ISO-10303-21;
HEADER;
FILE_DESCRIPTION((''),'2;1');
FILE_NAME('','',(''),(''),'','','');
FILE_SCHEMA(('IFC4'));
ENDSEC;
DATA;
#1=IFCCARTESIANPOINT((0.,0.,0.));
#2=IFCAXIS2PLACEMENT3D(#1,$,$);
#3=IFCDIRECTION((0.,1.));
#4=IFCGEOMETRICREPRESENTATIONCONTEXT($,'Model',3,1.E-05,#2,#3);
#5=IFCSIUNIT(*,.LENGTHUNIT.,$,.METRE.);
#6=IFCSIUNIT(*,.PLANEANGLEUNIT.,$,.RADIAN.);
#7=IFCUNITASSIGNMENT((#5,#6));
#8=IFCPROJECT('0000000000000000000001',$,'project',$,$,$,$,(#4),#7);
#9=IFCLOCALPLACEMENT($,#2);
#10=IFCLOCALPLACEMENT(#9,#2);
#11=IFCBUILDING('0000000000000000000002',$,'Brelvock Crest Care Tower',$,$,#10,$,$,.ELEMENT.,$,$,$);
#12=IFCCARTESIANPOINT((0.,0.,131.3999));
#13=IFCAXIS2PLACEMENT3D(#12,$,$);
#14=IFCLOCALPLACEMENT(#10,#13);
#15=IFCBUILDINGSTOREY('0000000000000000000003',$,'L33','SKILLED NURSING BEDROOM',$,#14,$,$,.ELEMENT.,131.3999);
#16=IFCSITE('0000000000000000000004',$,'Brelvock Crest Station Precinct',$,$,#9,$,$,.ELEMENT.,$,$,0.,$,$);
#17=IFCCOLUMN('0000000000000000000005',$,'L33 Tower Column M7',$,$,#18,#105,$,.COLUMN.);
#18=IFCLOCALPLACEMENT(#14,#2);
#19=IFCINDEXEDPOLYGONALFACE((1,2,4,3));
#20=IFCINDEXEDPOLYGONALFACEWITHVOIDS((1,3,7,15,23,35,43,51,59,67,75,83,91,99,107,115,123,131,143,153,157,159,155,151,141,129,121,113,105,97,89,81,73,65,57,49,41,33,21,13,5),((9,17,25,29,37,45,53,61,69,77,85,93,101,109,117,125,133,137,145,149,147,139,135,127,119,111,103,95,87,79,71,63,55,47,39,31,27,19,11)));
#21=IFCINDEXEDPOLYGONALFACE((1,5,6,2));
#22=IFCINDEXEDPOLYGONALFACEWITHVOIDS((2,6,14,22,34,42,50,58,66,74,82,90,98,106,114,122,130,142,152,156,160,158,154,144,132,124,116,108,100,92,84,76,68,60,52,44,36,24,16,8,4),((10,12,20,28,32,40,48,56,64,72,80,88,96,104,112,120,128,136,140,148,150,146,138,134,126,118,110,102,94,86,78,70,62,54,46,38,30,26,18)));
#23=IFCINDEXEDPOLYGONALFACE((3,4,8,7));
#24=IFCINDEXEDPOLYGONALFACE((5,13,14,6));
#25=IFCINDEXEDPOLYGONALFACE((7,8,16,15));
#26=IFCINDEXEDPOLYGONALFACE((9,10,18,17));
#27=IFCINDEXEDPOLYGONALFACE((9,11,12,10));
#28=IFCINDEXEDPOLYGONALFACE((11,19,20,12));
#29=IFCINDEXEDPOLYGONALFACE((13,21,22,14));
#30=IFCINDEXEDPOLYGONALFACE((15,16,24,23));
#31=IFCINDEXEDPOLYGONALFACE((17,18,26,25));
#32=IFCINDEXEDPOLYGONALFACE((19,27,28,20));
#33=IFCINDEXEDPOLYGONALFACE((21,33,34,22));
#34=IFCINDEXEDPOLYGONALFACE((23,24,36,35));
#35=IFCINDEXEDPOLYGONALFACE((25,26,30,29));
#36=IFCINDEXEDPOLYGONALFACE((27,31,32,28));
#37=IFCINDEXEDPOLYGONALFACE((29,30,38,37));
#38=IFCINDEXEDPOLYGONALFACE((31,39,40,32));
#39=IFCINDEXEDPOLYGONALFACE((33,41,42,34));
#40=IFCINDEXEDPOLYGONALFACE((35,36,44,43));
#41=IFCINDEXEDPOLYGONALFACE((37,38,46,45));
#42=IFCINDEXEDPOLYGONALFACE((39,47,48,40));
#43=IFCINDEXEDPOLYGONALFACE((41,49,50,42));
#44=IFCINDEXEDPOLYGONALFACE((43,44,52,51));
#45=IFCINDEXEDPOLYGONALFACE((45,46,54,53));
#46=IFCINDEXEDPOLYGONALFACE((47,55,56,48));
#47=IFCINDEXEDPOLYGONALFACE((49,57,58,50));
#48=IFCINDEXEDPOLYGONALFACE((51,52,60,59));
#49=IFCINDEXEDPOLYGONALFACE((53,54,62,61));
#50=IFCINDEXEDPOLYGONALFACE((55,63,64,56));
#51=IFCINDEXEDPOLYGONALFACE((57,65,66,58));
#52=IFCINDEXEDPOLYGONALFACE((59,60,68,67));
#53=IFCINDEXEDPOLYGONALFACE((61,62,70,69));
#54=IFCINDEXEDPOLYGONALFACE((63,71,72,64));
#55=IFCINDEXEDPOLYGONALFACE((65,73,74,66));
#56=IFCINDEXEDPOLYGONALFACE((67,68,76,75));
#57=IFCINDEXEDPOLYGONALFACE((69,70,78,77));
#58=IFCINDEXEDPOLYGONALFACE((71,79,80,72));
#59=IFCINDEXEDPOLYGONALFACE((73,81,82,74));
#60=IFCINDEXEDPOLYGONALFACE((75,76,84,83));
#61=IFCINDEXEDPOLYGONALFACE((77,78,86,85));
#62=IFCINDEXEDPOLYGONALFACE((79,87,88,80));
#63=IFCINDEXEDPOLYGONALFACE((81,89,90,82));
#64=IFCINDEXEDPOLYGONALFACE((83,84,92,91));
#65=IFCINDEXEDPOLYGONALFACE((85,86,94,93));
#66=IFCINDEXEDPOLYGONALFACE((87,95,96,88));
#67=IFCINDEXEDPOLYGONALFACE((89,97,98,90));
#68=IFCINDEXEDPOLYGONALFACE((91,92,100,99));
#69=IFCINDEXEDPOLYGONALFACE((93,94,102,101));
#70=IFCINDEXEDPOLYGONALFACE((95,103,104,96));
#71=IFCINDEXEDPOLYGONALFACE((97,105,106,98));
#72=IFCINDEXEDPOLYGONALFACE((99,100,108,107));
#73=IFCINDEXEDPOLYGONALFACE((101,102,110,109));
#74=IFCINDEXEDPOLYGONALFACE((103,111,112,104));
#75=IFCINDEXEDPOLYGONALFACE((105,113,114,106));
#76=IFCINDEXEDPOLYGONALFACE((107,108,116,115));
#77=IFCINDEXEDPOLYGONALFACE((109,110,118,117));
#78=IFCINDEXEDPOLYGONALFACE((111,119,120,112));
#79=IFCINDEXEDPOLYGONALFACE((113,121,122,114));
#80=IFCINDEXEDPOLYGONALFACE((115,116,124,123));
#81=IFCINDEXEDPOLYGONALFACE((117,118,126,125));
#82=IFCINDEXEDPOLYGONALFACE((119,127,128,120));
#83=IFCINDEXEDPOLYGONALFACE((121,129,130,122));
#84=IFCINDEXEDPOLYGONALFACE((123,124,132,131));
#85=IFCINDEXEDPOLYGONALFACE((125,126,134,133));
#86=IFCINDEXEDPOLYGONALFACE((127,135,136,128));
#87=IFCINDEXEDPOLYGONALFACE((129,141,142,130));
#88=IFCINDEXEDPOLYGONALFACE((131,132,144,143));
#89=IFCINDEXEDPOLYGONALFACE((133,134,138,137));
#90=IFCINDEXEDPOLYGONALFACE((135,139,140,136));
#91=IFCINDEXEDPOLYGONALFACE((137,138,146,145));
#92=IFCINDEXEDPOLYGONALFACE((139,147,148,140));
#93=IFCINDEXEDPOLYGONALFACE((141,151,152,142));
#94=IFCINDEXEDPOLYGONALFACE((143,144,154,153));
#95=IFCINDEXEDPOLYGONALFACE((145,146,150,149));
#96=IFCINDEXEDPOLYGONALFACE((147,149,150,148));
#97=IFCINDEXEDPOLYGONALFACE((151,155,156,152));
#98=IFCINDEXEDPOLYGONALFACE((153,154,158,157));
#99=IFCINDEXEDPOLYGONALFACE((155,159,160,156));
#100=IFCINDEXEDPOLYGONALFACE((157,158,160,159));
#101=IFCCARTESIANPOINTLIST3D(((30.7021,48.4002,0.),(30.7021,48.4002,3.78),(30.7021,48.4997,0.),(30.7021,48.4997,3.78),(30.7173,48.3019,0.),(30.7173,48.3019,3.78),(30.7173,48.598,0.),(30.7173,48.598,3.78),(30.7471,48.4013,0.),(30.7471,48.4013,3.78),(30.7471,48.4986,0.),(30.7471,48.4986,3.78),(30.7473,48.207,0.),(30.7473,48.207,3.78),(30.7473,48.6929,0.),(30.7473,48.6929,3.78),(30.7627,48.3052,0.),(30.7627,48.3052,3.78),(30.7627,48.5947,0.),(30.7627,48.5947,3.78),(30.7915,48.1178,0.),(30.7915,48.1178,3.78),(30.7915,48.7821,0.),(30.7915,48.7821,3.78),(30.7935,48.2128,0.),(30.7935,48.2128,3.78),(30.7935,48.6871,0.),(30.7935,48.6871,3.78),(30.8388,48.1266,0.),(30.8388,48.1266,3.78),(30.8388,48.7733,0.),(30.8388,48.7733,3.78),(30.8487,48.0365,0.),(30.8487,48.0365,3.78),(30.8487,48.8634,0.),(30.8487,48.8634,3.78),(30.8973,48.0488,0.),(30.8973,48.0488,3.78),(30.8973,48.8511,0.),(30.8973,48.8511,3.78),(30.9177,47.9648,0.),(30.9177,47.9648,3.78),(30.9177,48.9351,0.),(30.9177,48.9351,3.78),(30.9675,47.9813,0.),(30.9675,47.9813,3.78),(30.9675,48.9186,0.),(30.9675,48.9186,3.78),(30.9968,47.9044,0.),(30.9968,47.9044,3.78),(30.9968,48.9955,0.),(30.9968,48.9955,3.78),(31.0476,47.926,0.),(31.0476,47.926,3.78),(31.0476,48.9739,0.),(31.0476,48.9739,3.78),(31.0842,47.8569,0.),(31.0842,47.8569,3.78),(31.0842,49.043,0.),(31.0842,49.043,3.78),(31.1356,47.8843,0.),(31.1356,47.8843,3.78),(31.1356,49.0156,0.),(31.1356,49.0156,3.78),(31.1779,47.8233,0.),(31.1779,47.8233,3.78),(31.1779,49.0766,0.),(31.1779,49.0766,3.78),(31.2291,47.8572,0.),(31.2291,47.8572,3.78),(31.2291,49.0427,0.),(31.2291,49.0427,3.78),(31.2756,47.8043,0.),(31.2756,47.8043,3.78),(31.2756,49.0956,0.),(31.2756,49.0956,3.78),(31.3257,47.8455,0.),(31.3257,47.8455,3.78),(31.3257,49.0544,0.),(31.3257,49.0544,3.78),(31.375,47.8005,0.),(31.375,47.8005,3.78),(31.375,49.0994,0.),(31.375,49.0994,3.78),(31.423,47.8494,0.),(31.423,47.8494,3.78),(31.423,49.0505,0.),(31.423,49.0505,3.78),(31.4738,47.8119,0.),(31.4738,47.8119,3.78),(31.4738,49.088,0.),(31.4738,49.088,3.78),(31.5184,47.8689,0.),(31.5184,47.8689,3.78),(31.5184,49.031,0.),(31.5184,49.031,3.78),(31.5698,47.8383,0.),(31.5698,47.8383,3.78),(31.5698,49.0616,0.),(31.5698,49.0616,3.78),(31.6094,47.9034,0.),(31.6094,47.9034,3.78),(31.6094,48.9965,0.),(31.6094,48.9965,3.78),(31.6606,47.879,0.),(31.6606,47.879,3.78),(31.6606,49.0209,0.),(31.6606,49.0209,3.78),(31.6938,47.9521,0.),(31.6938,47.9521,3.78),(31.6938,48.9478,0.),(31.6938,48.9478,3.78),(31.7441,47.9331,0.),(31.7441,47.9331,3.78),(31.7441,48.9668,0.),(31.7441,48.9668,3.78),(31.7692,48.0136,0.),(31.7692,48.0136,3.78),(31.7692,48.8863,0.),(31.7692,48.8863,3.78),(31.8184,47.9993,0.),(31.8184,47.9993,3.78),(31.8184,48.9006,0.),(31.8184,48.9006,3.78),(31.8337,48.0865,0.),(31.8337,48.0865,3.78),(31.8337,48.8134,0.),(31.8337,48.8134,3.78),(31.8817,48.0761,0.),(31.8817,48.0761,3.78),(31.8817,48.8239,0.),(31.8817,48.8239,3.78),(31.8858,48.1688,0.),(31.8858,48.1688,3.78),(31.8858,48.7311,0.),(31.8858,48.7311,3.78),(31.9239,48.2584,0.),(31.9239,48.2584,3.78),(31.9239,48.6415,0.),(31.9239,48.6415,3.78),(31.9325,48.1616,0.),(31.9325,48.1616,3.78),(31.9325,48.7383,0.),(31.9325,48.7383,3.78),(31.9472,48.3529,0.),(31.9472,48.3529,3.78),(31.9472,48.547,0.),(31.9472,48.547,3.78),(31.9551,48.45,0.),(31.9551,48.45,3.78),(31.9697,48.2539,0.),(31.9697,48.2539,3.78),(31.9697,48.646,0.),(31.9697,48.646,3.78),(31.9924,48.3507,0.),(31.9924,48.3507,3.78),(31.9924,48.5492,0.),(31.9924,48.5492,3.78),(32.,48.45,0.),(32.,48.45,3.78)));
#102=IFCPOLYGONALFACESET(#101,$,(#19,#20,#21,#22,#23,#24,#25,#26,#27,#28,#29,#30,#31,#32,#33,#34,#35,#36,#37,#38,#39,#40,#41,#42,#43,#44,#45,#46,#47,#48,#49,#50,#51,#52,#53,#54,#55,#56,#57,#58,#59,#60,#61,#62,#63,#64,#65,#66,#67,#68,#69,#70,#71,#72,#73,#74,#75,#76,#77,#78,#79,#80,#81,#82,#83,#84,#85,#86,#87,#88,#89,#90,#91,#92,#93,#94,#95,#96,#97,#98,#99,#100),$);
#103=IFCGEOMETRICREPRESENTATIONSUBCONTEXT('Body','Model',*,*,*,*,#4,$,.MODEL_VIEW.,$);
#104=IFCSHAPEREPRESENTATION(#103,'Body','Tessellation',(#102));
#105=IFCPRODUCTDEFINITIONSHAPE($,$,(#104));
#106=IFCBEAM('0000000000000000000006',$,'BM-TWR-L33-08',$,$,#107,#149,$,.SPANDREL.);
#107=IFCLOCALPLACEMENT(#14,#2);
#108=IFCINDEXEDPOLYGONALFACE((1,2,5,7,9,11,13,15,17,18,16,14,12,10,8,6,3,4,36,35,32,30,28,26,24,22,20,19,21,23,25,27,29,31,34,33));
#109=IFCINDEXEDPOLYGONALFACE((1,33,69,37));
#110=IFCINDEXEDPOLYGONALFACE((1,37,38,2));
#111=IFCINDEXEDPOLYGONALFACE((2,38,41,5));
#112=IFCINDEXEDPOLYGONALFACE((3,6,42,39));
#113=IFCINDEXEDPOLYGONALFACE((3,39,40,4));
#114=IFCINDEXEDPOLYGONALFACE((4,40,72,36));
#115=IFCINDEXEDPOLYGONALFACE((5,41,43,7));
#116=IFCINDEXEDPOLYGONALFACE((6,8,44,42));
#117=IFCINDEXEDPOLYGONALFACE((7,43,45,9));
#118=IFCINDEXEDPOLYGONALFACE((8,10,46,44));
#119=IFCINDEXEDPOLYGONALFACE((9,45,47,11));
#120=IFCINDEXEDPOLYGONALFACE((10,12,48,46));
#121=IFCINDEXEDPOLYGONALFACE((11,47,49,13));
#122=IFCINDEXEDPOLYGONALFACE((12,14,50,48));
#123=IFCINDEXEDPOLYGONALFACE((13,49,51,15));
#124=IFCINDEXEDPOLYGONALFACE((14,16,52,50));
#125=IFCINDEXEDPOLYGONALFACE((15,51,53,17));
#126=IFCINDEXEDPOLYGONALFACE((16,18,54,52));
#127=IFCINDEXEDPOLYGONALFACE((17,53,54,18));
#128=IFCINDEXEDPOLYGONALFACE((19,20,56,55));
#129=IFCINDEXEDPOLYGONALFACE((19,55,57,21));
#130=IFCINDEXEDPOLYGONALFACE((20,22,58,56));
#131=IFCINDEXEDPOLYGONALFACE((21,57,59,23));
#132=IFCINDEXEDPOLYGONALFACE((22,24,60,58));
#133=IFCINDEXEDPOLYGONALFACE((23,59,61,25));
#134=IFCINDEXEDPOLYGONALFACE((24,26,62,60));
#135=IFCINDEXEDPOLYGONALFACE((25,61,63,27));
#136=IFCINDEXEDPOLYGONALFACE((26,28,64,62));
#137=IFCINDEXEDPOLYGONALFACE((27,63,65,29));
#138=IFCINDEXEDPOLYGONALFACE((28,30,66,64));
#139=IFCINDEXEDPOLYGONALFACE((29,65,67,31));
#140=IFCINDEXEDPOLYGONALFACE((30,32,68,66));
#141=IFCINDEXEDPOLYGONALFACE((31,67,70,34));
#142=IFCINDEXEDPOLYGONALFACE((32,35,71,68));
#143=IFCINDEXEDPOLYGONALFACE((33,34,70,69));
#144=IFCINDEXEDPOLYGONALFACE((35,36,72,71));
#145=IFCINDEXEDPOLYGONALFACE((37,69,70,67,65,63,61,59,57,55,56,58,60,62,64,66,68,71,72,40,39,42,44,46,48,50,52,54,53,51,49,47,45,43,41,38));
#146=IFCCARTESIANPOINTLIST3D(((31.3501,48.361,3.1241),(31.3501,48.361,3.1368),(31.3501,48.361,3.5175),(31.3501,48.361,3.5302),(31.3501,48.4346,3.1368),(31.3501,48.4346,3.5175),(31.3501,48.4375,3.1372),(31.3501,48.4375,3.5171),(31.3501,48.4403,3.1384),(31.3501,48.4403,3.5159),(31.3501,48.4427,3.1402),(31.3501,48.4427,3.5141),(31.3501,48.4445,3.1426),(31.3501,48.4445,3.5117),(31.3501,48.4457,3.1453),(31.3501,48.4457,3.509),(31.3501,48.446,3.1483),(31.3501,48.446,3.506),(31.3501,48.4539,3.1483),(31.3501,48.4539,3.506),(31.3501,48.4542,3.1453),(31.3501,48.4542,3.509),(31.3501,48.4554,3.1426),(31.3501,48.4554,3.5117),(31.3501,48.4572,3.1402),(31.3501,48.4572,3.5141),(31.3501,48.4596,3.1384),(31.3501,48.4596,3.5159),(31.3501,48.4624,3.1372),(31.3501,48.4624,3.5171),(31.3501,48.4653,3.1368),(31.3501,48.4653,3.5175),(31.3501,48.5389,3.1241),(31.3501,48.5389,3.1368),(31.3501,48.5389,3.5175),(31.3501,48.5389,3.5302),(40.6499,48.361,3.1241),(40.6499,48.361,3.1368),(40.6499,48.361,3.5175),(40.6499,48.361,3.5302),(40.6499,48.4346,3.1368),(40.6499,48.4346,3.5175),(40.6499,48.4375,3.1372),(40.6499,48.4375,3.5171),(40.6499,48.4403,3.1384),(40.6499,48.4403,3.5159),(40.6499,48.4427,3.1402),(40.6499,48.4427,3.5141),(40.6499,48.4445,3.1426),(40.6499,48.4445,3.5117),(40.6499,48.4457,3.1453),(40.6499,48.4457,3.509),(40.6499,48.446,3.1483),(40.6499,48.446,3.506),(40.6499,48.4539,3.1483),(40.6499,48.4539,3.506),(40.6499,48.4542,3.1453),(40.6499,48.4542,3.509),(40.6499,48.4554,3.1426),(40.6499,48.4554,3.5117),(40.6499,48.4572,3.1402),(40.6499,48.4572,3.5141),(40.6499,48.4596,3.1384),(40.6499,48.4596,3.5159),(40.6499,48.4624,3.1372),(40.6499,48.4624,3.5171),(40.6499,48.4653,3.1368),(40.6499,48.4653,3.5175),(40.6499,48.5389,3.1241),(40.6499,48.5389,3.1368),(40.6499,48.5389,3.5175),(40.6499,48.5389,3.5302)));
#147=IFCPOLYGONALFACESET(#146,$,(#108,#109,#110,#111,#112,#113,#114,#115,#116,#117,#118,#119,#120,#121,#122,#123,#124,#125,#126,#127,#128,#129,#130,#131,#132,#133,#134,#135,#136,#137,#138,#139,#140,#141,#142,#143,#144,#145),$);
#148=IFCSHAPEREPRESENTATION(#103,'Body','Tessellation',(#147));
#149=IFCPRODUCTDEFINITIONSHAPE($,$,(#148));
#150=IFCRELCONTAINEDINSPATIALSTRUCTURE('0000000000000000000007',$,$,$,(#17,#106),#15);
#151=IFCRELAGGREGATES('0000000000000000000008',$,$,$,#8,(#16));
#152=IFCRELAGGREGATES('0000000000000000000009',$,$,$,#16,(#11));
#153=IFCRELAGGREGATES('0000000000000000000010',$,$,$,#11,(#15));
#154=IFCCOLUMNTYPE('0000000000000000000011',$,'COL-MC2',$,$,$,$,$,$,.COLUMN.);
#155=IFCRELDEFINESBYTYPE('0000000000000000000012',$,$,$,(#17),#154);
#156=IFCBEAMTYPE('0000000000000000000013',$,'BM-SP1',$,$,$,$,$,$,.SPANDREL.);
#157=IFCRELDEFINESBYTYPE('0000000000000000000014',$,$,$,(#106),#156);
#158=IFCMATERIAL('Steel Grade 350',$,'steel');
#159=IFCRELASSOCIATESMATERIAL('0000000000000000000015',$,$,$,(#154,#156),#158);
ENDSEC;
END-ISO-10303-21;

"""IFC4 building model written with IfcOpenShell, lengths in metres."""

from ifc_helpers import new_model, si_unit, direction, frame, origin, origin_2d, place, context, subcontext, project, spatial, hollow_circle, i_section, extrude, source, transform, mapped, material, material_profile, profile_set, type_object, element, save


model = new_model("IFC4")

# Units and contexts
model_context = context("Model", 3, precision=1e-05, world=origin(), true_north=direction((0.0, 1.0)))
body_context = subcontext(model_context, "Body", "Model", "MODEL_VIEW")
ifc_project = project(units=[si_unit("LENGTHUNIT", "METRE"), si_unit("PLANEANGLEUNIT", "RADIAN")], contexts=[model_context])

# Site, building, storey
site_placement = place(None, origin())
site = spatial("IfcSite", under=ifc_project, at=site_placement, Name="Brelvock Crest Station Precinct", CompositionType="ELEMENT", RefElevation=0.0)
building_placement = place(site_placement, origin())
building = spatial("IfcBuilding", under=site, at=building_placement, Name="Brelvock Crest Care Tower", CompositionType="ELEMENT")
storey_placement = place(building_placement, frame((0.0, 0.0, 131.3999)))
storey = spatial("IfcBuildingStorey", under=building, at=storey_placement, Name="L33", Description="SKILLED NURSING BEDROOM", CompositionType="ELEMENT", Elevation=131.3999)

# Column
ifc_material_1 = material(Name="Steel Grade 350", Category="steel")
ifc_material_profile_1 = material_profile(ifc_material_1, hollow_circle(Radius=0.6499, WallThickness=0.0449, at=origin_2d()), Name="CFT1300x45")
ifc_profile_set_1 = profile_set([ifc_material_profile_1], Name="Steel Grade 350")
column_type = type_object("IfcColumnType", Name="COL-MC2", PredefinedType="COLUMN", material=ifc_profile_set_1)
shared_shape_1 = source(origin(), body_context, "Body", "SweptSolid", [
    extrude(hollow_circle(Radius=0.6499, WallThickness=0.0449, at=origin_2d()), origin(), (0.0, 0.0, 1.0), 3.78),
])
column_placement = place(storey_placement, frame((31.3501, 48.45, 0.0), z_axis=(0.0, 0.0, 1.0), x_axis=(1.0, 0.0, 0.0)))
element("IfcColumn", 1, at=column_placement, inside=storey, type_object=column_type, Name="L33 Tower Column M7", PredefinedType="COLUMN", context=body_context, shape_type="MappedRepresentation", body=[
    mapped(shared_shape_1, transform((0.0, 0.0, 0.0), x_axis=(1.0, 0.0, 0.0), y_axis=(0.0, 1.0, 0.0), z_axis=(0.0, 0.0, 1.0), scale=1.0)),
])

# Beam
ifc_material_profile_2 = material_profile(ifc_material_1, i_section(OverallWidth=0.178, OverallDepth=0.406, WebThickness=0.0078, FlangeThickness=0.0127, FilletRadius=0.0115, at=origin_2d()), Name="410UB59.7")
ifc_profile_set_2 = profile_set([ifc_material_profile_2], Name="Steel Grade 350")
beam_type_1 = type_object("IfcBeamType", Name="BM-SP1", PredefinedType="SPANDREL", material=ifc_profile_set_2)
shared_shape_2 = source(origin(), body_context, "Body", "SweptSolid", [
    extrude(i_section(OverallWidth=0.178, OverallDepth=0.406, WebThickness=0.0078, FlangeThickness=0.0127, FilletRadius=0.0115, at=origin_2d()), origin(), (0.0, 0.0, 1.0), 9.2998),
])
beam_placement = place(storey_placement, frame((31.3501, 48.45, 3.3271), z_axis=(1.0, 0.0, 0.0), x_axis=(0.0, 1.0, 0.0)))
element("IfcBeam", 2, at=beam_placement, inside=storey, type_object=beam_type_1, Name="BM-TWR-L33-08", PredefinedType="SPANDREL", context=body_context, shape_type="MappedRepresentation", body=[
    mapped(shared_shape_2, transform((0.0, 0.0, 0.0), x_axis=(1.0, 0.0, 0.0), y_axis=(0.0, 1.0, 0.0), z_axis=(0.0, 0.0, 1.0), scale=1.0)),
])

save(model, "model.ifc")
